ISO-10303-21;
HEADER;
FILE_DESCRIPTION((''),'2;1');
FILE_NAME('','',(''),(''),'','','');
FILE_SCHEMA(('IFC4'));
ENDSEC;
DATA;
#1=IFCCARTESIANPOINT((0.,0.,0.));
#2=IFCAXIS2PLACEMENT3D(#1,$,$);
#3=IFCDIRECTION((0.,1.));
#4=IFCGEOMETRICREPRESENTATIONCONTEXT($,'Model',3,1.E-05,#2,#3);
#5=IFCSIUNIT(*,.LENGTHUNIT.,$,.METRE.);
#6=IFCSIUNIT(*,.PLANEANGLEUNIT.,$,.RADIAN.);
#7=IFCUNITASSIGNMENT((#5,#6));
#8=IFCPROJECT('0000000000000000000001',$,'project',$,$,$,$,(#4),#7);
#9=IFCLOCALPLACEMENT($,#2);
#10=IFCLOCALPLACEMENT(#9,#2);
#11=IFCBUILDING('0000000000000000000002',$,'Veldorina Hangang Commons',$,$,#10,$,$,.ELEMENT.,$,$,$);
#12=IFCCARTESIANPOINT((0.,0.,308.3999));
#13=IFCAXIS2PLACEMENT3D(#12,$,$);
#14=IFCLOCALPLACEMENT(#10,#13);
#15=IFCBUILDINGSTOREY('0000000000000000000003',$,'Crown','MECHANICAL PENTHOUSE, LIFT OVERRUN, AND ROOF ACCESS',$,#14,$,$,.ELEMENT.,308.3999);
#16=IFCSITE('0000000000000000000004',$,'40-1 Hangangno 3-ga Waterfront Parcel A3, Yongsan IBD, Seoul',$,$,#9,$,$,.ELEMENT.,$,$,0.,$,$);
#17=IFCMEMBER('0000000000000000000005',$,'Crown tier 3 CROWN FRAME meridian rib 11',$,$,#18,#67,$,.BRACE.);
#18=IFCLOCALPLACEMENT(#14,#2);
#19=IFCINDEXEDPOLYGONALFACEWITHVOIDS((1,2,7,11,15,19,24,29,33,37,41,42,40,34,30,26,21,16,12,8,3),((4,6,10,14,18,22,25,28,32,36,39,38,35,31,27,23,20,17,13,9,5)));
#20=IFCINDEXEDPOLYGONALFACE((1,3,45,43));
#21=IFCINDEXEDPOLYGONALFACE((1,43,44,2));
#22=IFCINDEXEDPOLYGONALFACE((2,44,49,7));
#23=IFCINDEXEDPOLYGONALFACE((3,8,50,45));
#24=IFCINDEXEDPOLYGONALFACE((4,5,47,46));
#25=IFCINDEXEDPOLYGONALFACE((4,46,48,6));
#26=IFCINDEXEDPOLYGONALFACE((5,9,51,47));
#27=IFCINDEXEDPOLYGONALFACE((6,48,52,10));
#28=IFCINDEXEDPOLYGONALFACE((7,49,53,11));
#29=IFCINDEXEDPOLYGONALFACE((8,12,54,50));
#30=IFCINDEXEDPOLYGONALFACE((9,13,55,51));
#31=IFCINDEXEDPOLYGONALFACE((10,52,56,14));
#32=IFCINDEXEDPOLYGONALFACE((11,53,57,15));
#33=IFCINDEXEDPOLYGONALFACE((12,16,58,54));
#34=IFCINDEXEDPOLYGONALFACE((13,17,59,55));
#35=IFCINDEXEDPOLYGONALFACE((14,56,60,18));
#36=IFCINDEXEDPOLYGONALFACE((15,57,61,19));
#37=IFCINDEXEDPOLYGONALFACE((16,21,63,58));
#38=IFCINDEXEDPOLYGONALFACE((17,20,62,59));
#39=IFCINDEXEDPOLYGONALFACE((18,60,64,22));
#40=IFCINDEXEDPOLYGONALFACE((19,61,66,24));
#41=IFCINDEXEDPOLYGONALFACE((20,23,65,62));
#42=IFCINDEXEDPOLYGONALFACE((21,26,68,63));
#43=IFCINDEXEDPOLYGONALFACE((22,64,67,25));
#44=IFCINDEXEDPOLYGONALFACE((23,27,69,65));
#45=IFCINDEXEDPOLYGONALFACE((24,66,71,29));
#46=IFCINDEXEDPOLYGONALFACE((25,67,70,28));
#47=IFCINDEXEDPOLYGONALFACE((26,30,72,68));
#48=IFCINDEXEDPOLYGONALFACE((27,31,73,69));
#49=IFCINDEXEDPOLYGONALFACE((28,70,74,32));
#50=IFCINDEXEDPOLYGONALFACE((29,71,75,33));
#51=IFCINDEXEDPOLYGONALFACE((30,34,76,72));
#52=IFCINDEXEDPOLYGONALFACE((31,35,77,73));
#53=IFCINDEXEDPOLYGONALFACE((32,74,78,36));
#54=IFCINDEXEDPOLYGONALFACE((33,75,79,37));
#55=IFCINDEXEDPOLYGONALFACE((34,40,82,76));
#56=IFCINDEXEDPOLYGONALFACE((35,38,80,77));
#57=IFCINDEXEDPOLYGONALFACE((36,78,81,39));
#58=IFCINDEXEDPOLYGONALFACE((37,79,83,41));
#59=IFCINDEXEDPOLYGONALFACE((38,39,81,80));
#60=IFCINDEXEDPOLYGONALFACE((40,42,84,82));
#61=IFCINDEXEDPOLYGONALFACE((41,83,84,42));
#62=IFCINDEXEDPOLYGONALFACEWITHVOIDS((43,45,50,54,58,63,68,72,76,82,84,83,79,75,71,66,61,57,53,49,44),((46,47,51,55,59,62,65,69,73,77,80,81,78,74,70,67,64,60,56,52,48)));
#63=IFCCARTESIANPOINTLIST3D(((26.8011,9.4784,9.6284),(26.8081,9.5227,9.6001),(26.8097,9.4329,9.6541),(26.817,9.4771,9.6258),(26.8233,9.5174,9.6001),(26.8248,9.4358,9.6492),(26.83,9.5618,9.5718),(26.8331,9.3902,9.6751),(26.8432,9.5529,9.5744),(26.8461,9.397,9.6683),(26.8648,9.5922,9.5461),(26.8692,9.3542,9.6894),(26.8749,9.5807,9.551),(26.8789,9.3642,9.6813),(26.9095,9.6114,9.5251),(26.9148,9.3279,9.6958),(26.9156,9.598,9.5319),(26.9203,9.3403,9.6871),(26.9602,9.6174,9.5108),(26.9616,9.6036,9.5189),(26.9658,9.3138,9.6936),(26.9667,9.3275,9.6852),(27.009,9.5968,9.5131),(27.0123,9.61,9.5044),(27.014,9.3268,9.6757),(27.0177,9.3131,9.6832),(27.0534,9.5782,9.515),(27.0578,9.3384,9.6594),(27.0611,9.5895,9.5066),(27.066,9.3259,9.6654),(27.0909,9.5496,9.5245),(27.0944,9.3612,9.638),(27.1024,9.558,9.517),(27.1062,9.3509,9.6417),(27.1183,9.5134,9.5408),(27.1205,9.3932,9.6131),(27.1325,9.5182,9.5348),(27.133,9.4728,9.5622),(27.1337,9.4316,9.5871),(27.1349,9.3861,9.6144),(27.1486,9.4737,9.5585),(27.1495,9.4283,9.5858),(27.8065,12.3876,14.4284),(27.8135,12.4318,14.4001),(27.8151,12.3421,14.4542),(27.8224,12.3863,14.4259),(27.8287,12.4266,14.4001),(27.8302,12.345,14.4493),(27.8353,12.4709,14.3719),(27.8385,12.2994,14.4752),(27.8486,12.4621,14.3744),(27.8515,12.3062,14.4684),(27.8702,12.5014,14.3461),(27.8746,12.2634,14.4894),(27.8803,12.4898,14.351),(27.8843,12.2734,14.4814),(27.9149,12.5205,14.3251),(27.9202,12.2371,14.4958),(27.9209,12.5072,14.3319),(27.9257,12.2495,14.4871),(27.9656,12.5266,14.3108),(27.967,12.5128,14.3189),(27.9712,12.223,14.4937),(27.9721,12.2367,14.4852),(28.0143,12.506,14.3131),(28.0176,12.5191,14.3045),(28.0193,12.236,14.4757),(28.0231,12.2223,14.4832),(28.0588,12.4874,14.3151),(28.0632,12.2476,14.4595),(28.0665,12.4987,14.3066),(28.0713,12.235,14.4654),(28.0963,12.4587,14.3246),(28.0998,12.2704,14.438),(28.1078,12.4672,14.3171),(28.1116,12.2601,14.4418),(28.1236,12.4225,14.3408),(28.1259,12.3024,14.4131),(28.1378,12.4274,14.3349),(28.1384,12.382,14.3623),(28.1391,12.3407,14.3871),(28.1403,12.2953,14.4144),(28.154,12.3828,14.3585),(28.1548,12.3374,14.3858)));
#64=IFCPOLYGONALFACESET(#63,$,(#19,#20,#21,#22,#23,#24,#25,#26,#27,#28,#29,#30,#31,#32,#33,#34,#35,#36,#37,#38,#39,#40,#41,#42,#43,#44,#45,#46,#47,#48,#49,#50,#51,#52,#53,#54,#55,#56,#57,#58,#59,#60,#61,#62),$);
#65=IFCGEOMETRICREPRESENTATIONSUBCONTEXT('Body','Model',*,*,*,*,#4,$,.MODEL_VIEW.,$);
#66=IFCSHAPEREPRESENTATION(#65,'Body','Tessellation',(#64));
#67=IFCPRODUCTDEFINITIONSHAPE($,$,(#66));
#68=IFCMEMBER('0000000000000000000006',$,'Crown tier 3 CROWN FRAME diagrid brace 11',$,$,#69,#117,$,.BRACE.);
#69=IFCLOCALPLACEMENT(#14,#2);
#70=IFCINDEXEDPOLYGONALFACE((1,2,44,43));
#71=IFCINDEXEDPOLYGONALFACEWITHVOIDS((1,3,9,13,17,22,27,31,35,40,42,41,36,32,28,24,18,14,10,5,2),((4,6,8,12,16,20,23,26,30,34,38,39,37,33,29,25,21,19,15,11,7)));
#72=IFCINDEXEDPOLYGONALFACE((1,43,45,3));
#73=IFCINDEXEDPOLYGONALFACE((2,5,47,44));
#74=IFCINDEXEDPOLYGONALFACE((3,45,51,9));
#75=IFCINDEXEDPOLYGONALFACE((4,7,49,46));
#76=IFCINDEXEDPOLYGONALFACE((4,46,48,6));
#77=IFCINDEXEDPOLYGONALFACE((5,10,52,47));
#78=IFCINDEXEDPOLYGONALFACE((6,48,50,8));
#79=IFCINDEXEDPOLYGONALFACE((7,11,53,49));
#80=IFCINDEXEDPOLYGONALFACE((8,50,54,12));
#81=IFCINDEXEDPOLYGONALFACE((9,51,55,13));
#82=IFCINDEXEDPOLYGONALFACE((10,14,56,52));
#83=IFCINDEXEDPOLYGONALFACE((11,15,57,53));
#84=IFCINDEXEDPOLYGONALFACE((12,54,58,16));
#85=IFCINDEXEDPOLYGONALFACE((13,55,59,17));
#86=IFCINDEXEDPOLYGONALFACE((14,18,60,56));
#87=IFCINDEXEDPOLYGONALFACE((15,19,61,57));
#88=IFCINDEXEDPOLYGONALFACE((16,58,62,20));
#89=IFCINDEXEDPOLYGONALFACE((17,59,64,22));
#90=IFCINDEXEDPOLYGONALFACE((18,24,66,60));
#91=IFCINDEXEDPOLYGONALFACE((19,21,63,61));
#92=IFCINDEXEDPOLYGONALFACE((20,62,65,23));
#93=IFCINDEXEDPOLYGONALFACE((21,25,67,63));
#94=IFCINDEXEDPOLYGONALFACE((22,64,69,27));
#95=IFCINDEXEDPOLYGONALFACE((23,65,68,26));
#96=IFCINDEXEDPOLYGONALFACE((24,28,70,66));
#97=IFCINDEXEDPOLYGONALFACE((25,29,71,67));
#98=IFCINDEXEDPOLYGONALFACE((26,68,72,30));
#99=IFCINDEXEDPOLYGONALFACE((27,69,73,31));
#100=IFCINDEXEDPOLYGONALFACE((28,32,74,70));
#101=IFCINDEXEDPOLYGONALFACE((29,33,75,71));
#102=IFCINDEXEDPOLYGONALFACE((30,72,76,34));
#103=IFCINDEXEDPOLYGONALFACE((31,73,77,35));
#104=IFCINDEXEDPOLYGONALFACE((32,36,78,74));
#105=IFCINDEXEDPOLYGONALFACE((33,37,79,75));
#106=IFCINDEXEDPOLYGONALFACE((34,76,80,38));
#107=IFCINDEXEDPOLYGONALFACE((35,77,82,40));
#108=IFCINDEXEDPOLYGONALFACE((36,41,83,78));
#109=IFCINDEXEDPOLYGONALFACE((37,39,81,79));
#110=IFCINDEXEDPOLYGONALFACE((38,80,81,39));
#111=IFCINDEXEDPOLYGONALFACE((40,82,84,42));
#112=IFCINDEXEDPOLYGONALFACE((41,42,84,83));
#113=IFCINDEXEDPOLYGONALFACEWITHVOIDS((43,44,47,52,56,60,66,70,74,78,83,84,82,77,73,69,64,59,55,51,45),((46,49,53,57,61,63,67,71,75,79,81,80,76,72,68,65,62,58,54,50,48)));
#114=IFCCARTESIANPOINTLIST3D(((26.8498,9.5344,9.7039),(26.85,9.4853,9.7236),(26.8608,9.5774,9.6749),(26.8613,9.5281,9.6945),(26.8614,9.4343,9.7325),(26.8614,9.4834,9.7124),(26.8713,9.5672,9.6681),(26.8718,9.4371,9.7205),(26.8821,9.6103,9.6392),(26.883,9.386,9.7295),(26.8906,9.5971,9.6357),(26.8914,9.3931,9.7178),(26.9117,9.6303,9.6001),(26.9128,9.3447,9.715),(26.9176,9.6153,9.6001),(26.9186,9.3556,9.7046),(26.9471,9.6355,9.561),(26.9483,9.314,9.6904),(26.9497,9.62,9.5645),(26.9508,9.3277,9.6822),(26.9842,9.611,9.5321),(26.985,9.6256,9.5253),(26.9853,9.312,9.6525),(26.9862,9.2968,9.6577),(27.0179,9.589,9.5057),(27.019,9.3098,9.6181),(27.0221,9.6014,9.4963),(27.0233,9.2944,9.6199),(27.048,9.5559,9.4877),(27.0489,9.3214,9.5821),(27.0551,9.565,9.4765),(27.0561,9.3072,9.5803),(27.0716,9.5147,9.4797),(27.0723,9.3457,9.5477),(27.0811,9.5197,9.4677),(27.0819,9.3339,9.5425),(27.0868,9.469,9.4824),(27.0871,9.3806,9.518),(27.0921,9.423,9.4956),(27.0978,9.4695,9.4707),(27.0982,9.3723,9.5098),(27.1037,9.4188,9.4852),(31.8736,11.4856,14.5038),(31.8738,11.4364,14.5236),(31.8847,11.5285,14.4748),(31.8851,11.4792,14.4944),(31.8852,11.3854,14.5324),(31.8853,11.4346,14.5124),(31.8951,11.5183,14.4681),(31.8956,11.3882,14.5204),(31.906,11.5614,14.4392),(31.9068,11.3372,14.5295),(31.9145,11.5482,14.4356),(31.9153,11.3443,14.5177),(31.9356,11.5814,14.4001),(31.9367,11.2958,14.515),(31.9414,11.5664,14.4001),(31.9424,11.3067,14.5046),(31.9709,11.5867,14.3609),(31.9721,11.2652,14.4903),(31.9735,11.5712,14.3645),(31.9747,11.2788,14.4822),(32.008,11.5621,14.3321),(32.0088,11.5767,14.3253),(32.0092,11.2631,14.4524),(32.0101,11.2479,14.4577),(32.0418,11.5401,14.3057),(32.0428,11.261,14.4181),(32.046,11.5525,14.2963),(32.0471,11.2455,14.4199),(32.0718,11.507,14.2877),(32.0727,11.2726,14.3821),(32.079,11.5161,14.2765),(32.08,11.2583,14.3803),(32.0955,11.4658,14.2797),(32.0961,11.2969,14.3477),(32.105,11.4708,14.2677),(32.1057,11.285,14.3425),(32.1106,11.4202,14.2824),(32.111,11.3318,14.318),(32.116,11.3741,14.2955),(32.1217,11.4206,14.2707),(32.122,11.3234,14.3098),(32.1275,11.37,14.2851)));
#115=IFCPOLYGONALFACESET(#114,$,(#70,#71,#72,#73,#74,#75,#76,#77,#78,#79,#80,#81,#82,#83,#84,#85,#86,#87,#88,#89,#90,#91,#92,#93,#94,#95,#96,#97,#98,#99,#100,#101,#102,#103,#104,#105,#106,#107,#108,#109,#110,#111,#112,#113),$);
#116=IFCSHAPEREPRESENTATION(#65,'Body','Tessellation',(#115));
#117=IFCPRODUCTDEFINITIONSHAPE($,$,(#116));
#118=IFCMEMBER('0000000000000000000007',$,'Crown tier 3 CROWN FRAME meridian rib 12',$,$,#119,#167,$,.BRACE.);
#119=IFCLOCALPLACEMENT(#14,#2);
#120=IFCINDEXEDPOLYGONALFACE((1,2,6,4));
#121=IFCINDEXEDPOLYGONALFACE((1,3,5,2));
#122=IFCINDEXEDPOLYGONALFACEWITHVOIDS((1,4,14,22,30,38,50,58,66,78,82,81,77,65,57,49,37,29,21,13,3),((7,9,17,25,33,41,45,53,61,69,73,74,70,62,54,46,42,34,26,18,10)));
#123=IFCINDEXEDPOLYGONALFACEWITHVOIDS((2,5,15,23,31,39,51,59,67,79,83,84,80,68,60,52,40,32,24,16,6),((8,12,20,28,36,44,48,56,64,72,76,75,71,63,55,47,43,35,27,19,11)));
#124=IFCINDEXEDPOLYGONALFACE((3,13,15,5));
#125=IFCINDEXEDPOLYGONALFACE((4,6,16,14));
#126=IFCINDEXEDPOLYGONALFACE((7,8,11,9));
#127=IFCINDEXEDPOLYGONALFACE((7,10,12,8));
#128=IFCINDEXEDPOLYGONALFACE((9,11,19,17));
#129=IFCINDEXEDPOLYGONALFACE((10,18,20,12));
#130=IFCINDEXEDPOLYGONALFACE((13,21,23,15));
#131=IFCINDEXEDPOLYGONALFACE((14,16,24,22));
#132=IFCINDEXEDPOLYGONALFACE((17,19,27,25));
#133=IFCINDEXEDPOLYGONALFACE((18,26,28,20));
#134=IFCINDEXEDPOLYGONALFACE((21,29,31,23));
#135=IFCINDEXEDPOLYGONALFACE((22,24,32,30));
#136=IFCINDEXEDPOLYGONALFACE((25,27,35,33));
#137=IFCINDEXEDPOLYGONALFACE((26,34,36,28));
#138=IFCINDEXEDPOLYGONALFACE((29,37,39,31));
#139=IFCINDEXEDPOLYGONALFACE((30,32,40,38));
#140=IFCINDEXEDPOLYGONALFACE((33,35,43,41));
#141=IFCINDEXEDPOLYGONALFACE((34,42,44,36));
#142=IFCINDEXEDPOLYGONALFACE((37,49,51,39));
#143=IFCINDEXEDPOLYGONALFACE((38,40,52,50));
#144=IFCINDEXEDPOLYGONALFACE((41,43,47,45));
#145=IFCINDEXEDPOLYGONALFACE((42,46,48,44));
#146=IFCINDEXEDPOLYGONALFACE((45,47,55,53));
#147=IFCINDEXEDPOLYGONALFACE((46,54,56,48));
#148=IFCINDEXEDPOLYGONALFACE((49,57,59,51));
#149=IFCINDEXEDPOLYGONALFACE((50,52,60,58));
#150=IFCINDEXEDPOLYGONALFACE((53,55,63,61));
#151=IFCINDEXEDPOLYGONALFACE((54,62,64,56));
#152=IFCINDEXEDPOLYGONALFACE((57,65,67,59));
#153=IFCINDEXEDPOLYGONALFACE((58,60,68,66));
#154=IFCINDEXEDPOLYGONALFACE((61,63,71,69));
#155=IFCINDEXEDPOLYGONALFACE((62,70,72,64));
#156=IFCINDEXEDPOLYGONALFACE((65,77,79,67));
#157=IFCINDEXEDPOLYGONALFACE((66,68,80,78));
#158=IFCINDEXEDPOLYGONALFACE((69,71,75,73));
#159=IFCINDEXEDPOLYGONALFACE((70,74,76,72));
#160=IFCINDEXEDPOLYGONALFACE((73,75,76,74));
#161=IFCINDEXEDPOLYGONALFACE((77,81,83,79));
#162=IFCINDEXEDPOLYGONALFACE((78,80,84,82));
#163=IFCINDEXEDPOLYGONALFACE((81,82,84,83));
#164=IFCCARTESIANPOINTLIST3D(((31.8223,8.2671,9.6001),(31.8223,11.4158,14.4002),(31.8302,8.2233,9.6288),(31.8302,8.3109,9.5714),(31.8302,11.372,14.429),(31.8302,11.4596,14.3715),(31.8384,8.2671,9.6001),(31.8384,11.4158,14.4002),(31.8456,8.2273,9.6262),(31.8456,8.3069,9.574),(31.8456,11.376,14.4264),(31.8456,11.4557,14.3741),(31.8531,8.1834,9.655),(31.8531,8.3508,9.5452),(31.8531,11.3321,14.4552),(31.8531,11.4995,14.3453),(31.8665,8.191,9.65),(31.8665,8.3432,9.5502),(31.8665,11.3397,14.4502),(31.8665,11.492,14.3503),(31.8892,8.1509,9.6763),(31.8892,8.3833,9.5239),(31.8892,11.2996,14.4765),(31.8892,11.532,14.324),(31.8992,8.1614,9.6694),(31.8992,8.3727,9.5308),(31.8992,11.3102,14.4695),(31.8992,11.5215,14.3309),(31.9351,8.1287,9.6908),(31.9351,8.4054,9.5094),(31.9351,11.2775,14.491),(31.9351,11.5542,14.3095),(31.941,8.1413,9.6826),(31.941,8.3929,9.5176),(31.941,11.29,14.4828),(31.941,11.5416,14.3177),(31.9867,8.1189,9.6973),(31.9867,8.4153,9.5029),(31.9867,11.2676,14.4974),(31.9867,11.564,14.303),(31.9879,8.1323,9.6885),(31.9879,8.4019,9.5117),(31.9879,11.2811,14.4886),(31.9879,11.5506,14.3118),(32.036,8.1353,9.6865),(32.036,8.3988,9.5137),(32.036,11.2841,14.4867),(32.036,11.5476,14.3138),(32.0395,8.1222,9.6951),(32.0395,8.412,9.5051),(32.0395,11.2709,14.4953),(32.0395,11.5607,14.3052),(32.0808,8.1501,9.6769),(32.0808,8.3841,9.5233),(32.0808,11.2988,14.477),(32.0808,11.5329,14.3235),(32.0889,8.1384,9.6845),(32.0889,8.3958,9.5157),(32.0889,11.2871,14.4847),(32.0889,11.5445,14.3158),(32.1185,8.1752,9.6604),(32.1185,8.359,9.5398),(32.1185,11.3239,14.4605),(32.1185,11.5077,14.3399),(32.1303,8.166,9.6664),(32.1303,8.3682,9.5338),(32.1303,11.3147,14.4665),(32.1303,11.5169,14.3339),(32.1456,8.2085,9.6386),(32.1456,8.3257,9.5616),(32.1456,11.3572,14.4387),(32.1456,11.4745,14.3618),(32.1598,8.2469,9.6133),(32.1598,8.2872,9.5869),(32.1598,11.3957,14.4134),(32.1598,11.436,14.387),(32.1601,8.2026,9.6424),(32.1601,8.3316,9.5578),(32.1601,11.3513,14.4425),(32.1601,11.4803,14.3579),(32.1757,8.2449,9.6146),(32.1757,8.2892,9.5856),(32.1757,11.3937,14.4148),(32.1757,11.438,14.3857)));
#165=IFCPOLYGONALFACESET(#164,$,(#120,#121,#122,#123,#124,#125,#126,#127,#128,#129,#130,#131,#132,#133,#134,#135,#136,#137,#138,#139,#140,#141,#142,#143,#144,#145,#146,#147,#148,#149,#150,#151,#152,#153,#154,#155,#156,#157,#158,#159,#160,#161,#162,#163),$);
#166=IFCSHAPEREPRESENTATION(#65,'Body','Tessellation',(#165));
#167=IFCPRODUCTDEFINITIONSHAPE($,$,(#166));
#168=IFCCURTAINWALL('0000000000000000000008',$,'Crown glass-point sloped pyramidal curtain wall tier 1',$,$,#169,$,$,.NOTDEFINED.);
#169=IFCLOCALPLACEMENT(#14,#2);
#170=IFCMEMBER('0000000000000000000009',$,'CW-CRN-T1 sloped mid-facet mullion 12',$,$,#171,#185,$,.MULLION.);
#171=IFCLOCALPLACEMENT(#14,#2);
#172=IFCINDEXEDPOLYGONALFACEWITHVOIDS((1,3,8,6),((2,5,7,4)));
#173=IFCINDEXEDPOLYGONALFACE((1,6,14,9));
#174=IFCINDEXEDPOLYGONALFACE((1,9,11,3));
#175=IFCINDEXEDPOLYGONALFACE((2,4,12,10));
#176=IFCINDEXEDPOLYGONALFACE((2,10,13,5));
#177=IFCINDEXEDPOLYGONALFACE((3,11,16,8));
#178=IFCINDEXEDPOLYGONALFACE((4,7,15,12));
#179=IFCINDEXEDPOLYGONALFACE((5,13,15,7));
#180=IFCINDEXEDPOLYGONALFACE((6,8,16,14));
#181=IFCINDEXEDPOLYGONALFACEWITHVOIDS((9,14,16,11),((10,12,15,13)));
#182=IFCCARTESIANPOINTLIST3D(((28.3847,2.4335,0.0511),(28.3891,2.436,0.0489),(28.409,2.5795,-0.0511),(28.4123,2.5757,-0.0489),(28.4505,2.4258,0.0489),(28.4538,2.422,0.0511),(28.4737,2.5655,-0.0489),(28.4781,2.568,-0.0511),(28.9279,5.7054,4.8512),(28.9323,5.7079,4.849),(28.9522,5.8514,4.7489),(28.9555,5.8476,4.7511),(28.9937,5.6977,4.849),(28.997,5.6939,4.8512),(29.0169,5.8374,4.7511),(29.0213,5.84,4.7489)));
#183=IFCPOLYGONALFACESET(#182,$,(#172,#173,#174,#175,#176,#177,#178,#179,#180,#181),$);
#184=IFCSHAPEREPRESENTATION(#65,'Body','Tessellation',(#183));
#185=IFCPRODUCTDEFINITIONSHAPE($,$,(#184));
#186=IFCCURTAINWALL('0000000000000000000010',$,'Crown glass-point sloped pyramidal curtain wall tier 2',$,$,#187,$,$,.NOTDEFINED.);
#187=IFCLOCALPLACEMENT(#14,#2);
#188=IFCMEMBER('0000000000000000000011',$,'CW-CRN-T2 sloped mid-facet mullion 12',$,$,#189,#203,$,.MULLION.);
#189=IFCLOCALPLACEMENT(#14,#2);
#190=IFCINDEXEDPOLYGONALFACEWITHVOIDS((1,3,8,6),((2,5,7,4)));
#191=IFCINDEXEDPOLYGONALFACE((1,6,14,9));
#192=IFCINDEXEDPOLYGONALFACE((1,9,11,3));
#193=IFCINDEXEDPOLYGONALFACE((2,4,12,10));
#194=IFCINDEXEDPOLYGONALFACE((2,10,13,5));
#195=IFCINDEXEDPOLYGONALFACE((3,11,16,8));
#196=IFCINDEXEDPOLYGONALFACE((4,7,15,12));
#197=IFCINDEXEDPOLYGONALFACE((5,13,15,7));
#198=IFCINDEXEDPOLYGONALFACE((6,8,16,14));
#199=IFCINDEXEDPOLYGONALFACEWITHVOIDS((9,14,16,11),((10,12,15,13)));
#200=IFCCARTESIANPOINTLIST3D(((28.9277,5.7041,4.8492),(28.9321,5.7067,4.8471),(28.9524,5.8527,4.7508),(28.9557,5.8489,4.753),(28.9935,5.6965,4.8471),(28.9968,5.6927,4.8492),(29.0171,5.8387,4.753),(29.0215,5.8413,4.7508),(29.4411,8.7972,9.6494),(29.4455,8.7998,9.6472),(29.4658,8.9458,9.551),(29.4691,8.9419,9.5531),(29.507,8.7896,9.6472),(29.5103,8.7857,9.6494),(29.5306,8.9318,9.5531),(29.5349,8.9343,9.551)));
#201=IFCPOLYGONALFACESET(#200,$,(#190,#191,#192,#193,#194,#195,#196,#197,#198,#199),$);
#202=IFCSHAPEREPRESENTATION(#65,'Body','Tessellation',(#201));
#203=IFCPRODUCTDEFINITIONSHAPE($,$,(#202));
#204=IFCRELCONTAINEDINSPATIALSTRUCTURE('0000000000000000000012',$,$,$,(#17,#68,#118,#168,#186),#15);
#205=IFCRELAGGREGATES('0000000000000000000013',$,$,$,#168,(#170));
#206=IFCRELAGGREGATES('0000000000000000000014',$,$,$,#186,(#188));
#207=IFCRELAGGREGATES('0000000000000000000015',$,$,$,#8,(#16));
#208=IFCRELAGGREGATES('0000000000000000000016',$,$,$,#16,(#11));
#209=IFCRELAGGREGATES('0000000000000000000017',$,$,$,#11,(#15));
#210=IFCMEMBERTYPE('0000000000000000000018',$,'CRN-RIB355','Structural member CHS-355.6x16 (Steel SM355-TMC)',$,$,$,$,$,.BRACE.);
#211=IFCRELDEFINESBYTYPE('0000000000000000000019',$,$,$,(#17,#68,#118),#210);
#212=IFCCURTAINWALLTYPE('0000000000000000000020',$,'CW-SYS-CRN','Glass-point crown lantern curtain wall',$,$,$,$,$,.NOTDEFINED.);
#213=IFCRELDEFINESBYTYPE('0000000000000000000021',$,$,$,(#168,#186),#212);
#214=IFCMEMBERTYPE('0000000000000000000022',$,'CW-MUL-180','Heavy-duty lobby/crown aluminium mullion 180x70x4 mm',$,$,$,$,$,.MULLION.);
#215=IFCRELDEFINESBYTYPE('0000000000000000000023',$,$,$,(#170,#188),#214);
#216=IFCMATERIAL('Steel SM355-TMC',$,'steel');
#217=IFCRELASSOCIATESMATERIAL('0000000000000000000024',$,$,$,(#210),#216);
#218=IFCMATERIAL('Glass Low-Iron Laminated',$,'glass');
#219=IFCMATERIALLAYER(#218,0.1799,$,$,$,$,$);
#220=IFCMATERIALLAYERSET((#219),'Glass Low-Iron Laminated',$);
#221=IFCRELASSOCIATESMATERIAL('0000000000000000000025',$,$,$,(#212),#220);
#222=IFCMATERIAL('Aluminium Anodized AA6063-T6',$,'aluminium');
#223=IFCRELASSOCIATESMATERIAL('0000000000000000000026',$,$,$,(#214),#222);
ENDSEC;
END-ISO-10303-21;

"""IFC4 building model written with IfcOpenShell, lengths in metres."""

from ifc_helpers import new_model, si_unit, direction, frame, origin, origin_2d, place, context, subcontext, project, spatial, hollow_rectangle, hollow_circle, extrude, material, layer, layer_set, material_profile, profile_set, type_object, element, aggregate, save


model = new_model("IFC4")

# Units and contexts
model_context = context("Model", 3, precision=1e-05, world=origin(), true_north=direction((0.0, 1.0)))
body_context = subcontext(model_context, "Body", "Model", "MODEL_VIEW")
ifc_project = project(units=[si_unit("LENGTHUNIT", "METRE"), si_unit("PLANEANGLEUNIT", "RADIAN")], contexts=[model_context])

# Site, building, storey
site_placement = place(None, origin())
site = spatial("IfcSite", under=ifc_project, at=site_placement, Name="40-1 Hangangno 3-ga Waterfront Parcel A3, Yongsan IBD, Seoul", CompositionType="ELEMENT", RefElevation=0.0)
building_placement = place(site_placement, origin())
building = spatial("IfcBuilding", under=site, at=building_placement, Name="Veldorina Hangang Commons", CompositionType="ELEMENT")
storey_placement = place(building_placement, frame((0.0, 0.0, 308.3999)))
storey = spatial("IfcBuildingStorey", under=building, at=storey_placement, Name="Crown", Description="MECHANICAL PENTHOUSE, LIFT OVERRUN, AND ROOF ACCESS", CompositionType="ELEMENT", Elevation=308.3999)

# Members
ifc_material_1 = material(Name="Steel SM355-TMC", Category="steel")
ifc_material_profile_1 = material_profile(ifc_material_1, hollow_circle(Radius=0.1777, WallThickness=0.0161, at=origin_2d()), Name="CHS-355.6x16")
ifc_profile_set_1 = profile_set([ifc_material_profile_1], Name="Steel SM355-TMC")
member_type_1 = type_object("IfcMemberType", Name="CRN-RIB355", Description="Structural member CHS-355.6x16 (Steel SM355-TMC)", PredefinedType="BRACE", material=ifc_profile_set_1)
member_1_placement = place(storey_placement, frame((26.9761, 9.4646, 9.6001), z_axis=(0.176314, 0.51019, 0.841796), x_axis=(-0.945152, 0.326631, 0.0)))
element("IfcMember", 1, at=member_1_placement, inside=storey, type_object=member_type_1, Name="Crown tier 3 CROWN FRAME meridian rib 11", PredefinedType="BRACE", context=body_context, shape_type="SweptSolid", body=[
    extrude(hollow_circle(Radius=0.1777, WallThickness=0.0161, at=origin_2d()), origin(), (0.0, 0.0, 1.0), 5.7021),
])
member_2_placement = place(storey_placement, frame((26.9761, 9.4646, 9.6001), z_axis=(0.696109, 0.270352, 0.665088), x_axis=(-0.362031, 0.932166, 0.0)))
element("IfcMember", 2, at=member_2_placement, inside=storey, type_object=member_type_1, Name="Crown tier 3 CROWN FRAME diagrid brace 11", PredefinedType="BRACE", context=body_context, shape_type="SweptSolid", body=[
    extrude(hollow_circle(Radius=0.1777, WallThickness=0.0161, at=origin_2d()), origin(), (0.0, 0.0, 1.0), 7.217),
])
member_3_placement = place(storey_placement, frame((32.0, 8.2671, 9.6001), z_axis=(0.0, 0.548492, 0.836156), x_axis=(-1.0, 0.0, 0.0)))
element("IfcMember", 3, at=member_3_placement, inside=storey, type_object=member_type_1, Name="Crown tier 3 CROWN FRAME meridian rib 12", PredefinedType="BRACE", context=body_context, shape_type="SweptSolid", body=[
    extrude(hollow_circle(Radius=0.1777, WallThickness=0.0161, at=origin_2d()), origin(), (0.0, 0.0, 1.0), 5.7407),
])

# Curtain walls, members
ifc_material_2 = material(Name="Glass Low-Iron Laminated", Category="glass")
ifc_layer_1 = layer(ifc_material_2, 0.1799)
ifc_layer_set_1 = layer_set([ifc_layer_1], Name="Glass Low-Iron Laminated")
curtain_wall_type = type_object("IfcCurtainWallType", Name="CW-SYS-CRN", Description="Glass-point crown lantern curtain wall", PredefinedType="NOTDEFINED", material=ifc_layer_set_1)
curtain_wall_1_placement = place(storey_placement, origin())
curtain_wall_1 = element("IfcCurtainWall", 4, at=curtain_wall_1_placement, inside=storey, type_object=curtain_wall_type, Name="Crown glass-point sloped pyramidal curtain wall tier 1", PredefinedType="NOTDEFINED")
ifc_material_3 = material(Name="Aluminium Anodized AA6063-T6", Category="aluminium")
ifc_material_profile_2 = material_profile(ifc_material_3, hollow_rectangle(XDim=0.0701, YDim=0.1799, WallThickness=0.0039, at=origin_2d()), Name="ALU-RHS-180x70x4")
ifc_profile_set_2 = profile_set([ifc_material_profile_2], Name="Aluminium Anodized AA6063-T6")
member_type_2 = type_object("IfcMemberType", Name="CW-MUL-180", Description="Heavy-duty lobby/crown aluminium mullion 180x70x4 mm", PredefinedType="MULLION", material=ifc_profile_set_2)
member_4_placement = place(storey_placement, frame((28.4314, 2.5007, 0.0), z_axis=(0.093104, 0.560798, 0.822701), x_axis=(-0.986497, 0.163778, 0.0)))
member_4 = element("IfcMember", 5, at=member_4_placement, type_object=member_type_2, Name="CW-CRN-T1 sloped mid-facet mullion 12", PredefinedType="MULLION", context=body_context, shape_type="SweptSolid", body=[
    extrude(hollow_rectangle(XDim=0.0701, YDim=0.1799, WallThickness=0.0039, at=origin_2d()), origin(), (0.0, 0.0, 1.0), 5.8345),
])
curtain_wall_2_placement = place(storey_placement, origin())
curtain_wall_2 = element("IfcCurtainWall", 6, at=curtain_wall_2_placement, inside=storey, type_object=curtain_wall_type, Name="Crown glass-point sloped pyramidal curtain wall tier 2", PredefinedType="NOTDEFINED")
member_5_placement = place(storey_placement, frame((28.9746, 5.7727, 4.8), z_axis=(0.089552, 0.539482, 0.837221), x_axis=(-0.986501, 0.163755, 0.0)))
member_5 = element("IfcMember", 7, at=member_5_placement, type_object=member_type_2, Name="CW-CRN-T2 sloped mid-facet mullion 12", PredefinedType="MULLION", context=body_context, shape_type="SweptSolid", body=[
    extrude(hollow_rectangle(XDim=0.0701, YDim=0.1799, WallThickness=0.0039, at=origin_2d()), origin(), (0.0, 0.0, 1.0), 5.7334),
])

aggregate(curtain_wall_1, [member_4])
aggregate(curtain_wall_2, [member_5])

save(model, "model.ifc")
